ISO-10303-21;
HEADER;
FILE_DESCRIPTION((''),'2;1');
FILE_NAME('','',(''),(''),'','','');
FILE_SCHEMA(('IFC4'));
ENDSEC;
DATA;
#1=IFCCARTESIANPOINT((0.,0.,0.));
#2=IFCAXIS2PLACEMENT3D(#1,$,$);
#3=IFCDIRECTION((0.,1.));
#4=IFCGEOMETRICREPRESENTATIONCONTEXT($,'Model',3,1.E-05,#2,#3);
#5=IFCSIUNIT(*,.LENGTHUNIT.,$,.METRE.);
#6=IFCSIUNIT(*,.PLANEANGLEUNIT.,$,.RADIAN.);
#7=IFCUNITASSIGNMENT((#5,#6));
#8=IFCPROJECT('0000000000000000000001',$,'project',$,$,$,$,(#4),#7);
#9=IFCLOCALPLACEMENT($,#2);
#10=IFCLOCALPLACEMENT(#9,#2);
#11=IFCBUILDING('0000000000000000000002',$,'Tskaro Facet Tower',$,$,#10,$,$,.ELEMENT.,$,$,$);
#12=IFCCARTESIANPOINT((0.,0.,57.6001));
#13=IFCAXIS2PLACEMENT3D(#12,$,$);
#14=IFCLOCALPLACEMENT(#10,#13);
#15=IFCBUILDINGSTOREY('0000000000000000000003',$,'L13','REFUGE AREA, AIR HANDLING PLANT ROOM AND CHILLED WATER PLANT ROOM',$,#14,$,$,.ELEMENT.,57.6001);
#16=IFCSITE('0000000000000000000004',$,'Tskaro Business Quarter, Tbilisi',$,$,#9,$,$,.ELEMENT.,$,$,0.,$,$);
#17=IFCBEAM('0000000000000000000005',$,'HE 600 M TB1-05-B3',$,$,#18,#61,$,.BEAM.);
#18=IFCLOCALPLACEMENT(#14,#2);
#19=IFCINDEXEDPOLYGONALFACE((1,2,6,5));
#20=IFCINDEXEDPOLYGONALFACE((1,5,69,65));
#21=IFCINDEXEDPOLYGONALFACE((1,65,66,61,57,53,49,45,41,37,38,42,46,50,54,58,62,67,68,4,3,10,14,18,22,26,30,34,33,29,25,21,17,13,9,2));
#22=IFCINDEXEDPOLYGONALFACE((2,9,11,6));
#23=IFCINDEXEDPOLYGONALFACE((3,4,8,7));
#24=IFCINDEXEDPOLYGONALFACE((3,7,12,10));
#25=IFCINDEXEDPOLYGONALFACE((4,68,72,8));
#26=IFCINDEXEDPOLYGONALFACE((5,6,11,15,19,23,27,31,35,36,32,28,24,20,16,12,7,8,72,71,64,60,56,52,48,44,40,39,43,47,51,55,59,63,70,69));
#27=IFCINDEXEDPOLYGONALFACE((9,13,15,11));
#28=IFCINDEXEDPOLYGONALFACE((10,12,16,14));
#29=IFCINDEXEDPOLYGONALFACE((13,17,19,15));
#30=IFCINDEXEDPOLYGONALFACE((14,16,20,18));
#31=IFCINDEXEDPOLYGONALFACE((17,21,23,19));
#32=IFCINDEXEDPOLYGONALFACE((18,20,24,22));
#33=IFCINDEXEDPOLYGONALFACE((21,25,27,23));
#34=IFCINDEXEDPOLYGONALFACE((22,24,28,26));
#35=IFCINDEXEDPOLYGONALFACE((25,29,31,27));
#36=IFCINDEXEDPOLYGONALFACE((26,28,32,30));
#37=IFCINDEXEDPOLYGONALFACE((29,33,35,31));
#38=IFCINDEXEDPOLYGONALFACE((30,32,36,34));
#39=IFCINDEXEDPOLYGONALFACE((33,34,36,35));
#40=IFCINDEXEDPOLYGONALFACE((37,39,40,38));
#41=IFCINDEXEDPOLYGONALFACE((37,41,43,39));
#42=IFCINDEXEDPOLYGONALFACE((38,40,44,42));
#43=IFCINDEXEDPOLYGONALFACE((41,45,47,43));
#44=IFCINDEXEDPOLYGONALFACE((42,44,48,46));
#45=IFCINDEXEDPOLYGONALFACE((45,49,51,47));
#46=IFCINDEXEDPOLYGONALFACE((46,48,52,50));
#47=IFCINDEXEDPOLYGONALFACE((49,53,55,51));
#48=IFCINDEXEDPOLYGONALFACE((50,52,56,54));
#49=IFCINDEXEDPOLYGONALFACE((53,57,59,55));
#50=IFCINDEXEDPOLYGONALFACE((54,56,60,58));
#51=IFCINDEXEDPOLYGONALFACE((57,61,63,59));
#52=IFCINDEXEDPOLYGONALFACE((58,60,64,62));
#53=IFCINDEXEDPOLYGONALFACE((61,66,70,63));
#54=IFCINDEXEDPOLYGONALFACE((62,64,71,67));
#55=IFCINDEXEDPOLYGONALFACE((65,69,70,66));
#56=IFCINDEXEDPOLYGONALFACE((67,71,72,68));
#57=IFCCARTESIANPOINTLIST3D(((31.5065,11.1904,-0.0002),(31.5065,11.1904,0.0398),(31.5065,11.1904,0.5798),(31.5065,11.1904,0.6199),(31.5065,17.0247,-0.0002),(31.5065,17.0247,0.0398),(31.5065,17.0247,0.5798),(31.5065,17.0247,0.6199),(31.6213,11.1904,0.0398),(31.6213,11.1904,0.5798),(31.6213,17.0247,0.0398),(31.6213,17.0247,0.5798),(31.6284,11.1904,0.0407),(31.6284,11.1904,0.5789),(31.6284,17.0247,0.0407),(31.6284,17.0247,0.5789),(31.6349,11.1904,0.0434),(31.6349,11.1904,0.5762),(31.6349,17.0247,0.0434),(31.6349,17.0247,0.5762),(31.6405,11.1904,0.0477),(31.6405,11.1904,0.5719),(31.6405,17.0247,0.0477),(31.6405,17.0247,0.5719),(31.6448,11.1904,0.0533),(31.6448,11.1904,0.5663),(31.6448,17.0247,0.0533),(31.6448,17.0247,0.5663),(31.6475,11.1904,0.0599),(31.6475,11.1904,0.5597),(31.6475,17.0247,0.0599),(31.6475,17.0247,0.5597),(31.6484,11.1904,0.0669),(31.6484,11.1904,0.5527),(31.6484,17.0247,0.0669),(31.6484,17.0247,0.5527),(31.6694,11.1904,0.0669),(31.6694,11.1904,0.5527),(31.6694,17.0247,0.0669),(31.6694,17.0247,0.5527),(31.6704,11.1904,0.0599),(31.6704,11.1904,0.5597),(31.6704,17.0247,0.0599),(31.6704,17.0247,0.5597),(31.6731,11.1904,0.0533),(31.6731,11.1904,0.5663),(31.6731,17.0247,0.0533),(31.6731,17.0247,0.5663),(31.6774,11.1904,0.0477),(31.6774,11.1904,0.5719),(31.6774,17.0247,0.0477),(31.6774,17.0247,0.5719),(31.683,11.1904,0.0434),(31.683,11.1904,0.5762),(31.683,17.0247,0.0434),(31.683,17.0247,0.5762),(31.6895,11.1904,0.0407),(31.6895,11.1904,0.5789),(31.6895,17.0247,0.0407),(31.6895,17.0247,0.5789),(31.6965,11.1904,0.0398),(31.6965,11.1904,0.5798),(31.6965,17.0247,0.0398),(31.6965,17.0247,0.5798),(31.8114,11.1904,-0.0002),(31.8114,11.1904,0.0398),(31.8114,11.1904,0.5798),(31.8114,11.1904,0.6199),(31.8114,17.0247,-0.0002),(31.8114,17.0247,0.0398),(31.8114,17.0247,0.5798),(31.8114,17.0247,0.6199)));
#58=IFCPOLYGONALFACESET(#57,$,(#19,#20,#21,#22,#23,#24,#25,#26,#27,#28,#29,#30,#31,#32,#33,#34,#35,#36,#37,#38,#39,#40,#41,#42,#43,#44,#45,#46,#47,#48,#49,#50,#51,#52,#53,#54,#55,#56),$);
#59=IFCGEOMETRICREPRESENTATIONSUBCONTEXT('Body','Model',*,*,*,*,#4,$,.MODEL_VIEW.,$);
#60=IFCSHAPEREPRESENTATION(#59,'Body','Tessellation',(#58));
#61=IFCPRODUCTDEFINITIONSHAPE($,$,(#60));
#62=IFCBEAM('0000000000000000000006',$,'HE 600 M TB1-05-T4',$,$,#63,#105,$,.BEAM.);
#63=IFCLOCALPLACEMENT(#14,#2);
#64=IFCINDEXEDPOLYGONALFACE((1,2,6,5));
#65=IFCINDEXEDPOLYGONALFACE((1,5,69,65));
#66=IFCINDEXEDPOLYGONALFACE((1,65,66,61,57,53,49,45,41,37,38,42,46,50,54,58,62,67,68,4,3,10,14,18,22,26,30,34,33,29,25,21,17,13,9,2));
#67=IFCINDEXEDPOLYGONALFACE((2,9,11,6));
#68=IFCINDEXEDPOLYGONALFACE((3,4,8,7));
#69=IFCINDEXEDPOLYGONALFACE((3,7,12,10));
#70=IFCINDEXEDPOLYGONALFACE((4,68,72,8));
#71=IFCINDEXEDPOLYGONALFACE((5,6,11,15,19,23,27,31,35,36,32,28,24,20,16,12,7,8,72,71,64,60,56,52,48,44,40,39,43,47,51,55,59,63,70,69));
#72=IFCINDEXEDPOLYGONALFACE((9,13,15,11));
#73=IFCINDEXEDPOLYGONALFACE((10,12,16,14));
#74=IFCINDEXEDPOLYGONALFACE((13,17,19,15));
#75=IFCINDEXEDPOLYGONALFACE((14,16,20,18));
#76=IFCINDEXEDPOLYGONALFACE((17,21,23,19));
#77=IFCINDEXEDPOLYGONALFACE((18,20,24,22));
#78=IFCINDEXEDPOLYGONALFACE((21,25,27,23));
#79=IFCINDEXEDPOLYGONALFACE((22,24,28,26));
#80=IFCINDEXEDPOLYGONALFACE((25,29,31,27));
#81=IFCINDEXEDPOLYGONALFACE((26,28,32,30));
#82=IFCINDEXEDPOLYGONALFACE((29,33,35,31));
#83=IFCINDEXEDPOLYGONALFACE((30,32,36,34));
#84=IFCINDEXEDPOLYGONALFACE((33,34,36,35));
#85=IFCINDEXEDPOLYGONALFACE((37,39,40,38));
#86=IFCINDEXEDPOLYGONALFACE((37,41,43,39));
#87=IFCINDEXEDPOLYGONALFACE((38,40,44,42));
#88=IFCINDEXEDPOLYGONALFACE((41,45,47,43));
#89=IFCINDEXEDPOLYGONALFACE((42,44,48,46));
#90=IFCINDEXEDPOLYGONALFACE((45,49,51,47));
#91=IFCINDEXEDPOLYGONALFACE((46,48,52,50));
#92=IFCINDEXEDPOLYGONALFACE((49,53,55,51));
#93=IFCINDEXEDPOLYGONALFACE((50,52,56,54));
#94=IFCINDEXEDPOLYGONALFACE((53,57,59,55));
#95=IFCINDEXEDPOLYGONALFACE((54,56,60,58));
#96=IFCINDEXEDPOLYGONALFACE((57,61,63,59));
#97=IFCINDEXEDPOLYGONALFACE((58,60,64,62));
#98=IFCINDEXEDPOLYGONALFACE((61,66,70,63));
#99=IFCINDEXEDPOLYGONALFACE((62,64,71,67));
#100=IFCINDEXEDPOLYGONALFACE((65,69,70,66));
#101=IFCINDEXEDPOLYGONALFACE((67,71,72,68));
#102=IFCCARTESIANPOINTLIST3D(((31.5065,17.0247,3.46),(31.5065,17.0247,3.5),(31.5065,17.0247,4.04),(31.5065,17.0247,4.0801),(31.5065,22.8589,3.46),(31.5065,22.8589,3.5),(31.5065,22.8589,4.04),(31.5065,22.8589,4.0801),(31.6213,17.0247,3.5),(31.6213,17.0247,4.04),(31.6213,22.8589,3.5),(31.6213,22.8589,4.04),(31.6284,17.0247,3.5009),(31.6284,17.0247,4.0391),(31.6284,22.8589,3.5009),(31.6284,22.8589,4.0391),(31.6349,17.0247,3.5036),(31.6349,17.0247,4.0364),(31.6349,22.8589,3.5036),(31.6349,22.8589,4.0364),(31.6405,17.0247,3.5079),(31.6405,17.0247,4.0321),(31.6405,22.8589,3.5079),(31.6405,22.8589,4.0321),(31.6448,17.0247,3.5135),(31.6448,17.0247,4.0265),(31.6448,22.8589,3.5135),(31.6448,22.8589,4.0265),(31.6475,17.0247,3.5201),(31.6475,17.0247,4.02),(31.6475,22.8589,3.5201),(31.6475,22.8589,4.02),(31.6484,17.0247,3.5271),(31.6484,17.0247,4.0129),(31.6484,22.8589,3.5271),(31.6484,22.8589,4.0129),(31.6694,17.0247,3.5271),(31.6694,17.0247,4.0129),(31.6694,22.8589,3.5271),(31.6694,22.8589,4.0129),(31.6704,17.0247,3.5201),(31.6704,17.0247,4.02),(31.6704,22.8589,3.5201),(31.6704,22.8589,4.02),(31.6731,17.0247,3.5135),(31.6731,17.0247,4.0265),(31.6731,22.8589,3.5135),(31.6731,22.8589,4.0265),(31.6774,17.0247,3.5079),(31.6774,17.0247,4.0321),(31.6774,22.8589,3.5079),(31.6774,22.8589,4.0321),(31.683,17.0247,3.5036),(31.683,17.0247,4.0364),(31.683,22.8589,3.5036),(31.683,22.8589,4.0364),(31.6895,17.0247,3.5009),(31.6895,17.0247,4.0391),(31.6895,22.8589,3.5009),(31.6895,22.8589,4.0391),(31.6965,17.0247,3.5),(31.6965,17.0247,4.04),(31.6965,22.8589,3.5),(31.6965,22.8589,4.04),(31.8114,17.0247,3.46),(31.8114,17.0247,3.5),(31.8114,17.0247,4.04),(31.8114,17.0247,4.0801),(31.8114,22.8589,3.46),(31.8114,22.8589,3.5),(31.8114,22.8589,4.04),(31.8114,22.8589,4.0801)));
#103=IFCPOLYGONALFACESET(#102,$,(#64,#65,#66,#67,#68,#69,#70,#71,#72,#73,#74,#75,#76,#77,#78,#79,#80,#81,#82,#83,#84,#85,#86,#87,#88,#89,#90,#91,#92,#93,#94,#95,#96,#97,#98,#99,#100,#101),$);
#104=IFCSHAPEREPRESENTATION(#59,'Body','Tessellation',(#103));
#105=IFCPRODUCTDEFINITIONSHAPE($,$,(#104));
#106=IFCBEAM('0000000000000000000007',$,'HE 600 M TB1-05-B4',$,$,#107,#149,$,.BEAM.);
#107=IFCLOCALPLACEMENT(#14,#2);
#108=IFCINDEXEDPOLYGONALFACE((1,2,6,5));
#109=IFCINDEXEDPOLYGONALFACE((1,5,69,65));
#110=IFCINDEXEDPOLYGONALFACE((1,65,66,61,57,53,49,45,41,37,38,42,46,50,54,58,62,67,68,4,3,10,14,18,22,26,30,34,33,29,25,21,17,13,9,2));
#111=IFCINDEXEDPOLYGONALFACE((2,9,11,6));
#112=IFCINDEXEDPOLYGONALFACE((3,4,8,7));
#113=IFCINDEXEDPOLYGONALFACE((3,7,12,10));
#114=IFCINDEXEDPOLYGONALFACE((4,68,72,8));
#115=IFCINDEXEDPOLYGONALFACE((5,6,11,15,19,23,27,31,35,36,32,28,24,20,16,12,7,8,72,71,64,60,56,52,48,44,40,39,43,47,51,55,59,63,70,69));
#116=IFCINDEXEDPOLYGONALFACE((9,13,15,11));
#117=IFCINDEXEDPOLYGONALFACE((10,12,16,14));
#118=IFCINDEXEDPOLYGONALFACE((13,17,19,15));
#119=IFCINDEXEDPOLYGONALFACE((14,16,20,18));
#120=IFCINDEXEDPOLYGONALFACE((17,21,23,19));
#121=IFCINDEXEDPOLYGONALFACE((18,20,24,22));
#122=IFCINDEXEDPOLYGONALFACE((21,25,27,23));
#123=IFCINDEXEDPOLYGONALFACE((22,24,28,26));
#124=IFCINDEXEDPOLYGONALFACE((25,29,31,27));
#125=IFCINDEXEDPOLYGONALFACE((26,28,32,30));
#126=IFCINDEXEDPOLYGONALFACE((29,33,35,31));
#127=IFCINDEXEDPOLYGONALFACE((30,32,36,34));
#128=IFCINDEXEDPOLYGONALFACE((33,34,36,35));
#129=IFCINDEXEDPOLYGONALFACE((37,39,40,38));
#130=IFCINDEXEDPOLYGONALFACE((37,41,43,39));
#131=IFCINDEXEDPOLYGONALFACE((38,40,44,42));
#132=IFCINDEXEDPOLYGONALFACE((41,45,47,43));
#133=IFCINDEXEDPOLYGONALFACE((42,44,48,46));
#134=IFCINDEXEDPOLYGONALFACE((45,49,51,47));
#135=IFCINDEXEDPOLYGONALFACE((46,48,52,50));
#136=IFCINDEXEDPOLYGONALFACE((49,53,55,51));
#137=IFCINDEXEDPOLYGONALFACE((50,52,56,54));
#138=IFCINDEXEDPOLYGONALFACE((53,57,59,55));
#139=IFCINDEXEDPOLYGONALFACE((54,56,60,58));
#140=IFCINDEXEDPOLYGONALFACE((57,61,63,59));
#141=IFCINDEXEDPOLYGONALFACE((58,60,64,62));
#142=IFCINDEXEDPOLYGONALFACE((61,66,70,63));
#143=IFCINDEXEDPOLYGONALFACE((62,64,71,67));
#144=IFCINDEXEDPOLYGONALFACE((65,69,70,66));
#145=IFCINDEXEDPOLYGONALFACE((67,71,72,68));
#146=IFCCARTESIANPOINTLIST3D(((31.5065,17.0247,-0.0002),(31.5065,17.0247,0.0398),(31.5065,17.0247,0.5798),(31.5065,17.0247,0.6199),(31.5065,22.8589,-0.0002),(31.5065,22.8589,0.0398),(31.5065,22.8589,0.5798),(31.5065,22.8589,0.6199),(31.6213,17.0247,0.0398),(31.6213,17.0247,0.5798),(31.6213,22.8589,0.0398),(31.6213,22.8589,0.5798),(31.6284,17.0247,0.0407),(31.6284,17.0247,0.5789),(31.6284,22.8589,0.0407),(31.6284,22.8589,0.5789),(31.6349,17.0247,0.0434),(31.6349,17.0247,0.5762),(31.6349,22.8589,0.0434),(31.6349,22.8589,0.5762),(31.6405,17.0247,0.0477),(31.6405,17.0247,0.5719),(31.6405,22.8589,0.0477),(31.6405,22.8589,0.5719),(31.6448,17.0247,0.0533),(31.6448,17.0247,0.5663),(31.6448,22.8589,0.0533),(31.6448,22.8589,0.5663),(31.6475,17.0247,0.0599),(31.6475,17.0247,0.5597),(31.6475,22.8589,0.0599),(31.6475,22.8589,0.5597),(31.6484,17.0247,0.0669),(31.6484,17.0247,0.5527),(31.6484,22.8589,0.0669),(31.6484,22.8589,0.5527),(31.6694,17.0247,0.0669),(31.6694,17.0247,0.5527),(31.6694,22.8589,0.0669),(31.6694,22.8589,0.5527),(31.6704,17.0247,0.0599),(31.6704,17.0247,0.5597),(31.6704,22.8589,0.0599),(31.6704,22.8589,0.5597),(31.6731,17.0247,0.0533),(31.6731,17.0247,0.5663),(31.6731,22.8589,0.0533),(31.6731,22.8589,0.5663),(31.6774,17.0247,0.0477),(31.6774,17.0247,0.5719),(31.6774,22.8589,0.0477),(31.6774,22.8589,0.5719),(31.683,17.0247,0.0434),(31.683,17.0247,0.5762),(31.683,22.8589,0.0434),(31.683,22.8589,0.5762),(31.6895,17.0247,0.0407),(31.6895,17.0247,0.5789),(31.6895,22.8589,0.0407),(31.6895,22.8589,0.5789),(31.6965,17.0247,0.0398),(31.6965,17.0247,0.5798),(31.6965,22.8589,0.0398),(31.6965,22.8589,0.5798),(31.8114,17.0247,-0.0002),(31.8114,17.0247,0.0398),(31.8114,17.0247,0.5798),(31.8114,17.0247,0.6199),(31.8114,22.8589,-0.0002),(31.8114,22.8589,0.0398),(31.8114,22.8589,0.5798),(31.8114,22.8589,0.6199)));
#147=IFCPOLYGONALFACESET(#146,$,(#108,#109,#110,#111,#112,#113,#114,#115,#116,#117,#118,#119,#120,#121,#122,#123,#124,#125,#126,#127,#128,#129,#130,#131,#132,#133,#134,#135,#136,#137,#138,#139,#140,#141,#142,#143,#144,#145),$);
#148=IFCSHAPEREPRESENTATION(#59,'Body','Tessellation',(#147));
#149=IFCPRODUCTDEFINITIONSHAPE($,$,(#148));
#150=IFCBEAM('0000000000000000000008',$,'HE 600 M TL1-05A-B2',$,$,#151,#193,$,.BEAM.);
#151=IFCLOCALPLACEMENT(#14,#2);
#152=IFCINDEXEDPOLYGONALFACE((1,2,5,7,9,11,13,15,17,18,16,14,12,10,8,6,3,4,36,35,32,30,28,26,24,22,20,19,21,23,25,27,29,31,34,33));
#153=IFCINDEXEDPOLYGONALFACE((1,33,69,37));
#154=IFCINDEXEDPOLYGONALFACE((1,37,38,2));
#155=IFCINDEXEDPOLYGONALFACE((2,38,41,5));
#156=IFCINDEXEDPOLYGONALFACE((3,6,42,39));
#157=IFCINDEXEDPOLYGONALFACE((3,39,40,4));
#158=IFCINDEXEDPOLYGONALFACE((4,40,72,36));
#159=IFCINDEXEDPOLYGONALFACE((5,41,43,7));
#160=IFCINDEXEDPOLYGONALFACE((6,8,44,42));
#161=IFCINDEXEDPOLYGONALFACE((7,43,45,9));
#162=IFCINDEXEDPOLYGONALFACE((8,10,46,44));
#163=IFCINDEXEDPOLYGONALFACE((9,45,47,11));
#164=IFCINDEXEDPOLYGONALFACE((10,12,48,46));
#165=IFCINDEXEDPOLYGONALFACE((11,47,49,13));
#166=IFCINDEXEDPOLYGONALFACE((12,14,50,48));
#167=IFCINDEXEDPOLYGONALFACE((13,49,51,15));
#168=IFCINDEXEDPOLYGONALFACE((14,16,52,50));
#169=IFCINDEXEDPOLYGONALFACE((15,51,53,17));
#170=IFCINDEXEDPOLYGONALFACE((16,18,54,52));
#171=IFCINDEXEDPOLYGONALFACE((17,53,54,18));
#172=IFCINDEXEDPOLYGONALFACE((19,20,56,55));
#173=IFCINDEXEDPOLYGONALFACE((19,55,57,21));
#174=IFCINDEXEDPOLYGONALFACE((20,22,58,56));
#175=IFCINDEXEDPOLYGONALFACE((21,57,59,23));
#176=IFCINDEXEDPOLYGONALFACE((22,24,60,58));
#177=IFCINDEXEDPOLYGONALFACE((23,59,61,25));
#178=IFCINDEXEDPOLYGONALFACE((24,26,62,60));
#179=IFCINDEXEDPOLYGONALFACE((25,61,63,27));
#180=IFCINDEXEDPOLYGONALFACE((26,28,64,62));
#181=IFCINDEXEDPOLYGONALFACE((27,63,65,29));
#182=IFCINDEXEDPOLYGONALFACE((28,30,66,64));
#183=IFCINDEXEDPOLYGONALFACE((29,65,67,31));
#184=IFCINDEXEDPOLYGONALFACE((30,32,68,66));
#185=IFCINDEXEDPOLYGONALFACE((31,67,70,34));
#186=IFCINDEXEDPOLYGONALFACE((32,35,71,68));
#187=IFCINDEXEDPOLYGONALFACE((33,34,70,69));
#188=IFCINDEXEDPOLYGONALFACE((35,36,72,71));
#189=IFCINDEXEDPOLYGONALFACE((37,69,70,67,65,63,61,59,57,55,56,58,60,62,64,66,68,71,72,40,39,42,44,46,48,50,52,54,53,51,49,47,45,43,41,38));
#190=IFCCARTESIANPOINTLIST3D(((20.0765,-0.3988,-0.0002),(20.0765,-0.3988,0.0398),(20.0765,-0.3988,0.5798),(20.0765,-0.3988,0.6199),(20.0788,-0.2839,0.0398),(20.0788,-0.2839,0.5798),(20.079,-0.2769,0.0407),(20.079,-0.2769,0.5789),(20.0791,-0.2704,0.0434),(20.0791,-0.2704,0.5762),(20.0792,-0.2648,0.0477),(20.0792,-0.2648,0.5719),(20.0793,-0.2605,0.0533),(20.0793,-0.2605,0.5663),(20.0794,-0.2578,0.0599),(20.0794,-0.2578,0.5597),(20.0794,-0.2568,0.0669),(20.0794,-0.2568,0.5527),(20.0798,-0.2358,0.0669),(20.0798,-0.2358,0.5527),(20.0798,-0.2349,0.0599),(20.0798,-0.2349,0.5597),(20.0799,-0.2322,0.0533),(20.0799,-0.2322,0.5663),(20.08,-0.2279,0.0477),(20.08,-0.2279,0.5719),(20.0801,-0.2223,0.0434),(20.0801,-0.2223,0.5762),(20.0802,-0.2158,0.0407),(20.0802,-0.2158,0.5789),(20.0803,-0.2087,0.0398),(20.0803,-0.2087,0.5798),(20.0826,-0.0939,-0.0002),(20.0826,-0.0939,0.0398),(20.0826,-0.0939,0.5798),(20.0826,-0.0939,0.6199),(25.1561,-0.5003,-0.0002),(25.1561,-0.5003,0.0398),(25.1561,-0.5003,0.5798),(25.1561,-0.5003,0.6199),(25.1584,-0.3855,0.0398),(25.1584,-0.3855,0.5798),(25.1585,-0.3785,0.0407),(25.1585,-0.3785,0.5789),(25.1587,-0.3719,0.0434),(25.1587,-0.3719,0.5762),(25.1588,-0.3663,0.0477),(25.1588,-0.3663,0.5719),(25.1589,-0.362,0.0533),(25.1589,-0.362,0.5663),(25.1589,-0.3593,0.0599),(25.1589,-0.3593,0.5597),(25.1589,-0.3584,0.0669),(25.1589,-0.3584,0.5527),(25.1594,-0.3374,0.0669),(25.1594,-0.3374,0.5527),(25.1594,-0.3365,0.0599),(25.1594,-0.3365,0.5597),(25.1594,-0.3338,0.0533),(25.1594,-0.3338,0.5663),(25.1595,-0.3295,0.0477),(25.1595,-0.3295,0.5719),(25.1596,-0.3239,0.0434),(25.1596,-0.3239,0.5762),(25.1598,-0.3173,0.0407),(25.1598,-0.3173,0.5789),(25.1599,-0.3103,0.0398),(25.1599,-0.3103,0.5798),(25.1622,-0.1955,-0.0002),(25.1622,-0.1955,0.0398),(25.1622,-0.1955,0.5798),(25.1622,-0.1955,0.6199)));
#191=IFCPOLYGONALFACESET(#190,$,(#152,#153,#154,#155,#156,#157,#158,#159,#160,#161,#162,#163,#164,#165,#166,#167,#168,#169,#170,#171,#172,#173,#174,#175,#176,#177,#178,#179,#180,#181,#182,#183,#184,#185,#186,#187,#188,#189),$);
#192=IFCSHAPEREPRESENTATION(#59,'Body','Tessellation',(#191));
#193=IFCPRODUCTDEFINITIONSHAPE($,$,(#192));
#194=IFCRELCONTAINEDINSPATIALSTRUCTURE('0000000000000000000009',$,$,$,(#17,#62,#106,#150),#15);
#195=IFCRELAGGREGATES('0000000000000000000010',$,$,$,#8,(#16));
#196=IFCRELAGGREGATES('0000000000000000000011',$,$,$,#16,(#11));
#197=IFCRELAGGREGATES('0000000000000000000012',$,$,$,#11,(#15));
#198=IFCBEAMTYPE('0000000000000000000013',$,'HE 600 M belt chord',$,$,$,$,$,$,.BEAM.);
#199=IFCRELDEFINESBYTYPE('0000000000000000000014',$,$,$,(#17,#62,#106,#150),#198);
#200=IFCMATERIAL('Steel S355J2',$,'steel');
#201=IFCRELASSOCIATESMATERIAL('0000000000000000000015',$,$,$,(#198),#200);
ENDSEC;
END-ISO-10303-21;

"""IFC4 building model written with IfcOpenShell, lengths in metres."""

from ifc_helpers import new_model, si_unit, direction, frame, origin, origin_2d, place, context, subcontext, project, spatial, i_section, extrude, material, material_profile, profile_set, type_object, element, save


model = new_model("IFC4")

# Units and contexts
model_context = context("Model", 3, precision=1e-05, world=origin(), true_north=direction((0.0, 1.0)))
body_context = subcontext(model_context, "Body", "Model", "MODEL_VIEW")
ifc_project = project(units=[si_unit("LENGTHUNIT", "METRE"), si_unit("PLANEANGLEUNIT", "RADIAN")], contexts=[model_context])

# Site, building, storey
site_placement = place(None, origin())
site = spatial("IfcSite", under=ifc_project, at=site_placement, Name="Tskaro Business Quarter, Tbilisi", CompositionType="ELEMENT", RefElevation=0.0)
building_placement = place(site_placement, origin())
building = spatial("IfcBuilding", under=site, at=building_placement, Name="Tskaro Facet Tower", CompositionType="ELEMENT")
storey_placement = place(building_placement, frame((0.0, 0.0, 57.6001)))
storey = spatial("IfcBuildingStorey", under=building, at=storey_placement, Name="L13", Description="REFUGE AREA, AIR HANDLING PLANT ROOM AND CHILLED WATER PLANT ROOM", CompositionType="ELEMENT", Elevation=57.6001)

# Shared definitions
ifc_material_1 = material(Name="Steel S355J2", Category="steel")

# Beams
ifc_material_profile_1 = material_profile(ifc_material_1, i_section(OverallWidth=0.3049, OverallDepth=0.6201, WebThickness=0.021, FlangeThickness=0.04, FilletRadius=0.0271, at=origin_2d()), Name="HE 600 M")
ifc_profile_set_1 = profile_set([ifc_material_profile_1], Name="Steel S355J2")
beam_type_1 = type_object("IfcBeamType", Name="HE 600 M belt chord", PredefinedType="BEAM", material=ifc_profile_set_1)
for number, where, z_axis, x_axis, name in (
    (1, (31.6589, 11.1904, 0.3098), (0.0, 1.0, 0.0), (-1.0, 0.0, 0.0), "HE 600 M TB1-05-B3"),
    (2, (31.6589, 17.0247, 3.77), (0.0, 1.0, 0.0), (-1.0, 0.0, 0.0), "HE 600 M TB1-05-T4"),
    (3, (31.6589, 17.0247, 0.3098), (0.0, 1.0, 0.0), (-1.0, 0.0, 0.0), "HE 600 M TB1-05-B4"),
):
    element("IfcBeam", number, at=place(storey_placement, frame(where, z_axis=z_axis, x_axis=x_axis)), inside=storey, type_object=beam_type_1, Name=name, PredefinedType="BEAM", context=body_context, shape_type="SweptSolid", body=[
        extrude(i_section(OverallWidth=0.3049, OverallDepth=0.6201, WebThickness=0.021, FlangeThickness=0.04, FilletRadius=0.0271, at=origin_2d()), origin(), (0.0, 0.0, 1.0), 5.8342),
    ])
beam_1_placement = place(storey_placement, frame((20.0796, -0.2463, 0.3098), z_axis=(0.9998, -0.01999, 0.0), x_axis=(0.01999, 0.9998, 0.0)))
element("IfcBeam", 4, at=beam_1_placement, inside=storey, type_object=beam_type_1, Name="HE 600 M TL1-05A-B2", PredefinedType="BEAM", context=body_context, shape_type="SweptSolid", body=[
    extrude(i_section(OverallWidth=0.3049, OverallDepth=0.6201, WebThickness=0.021, FlangeThickness=0.04, FilletRadius=0.0271, at=origin_2d()), origin(), (0.0, 0.0, 1.0), 5.0806),
])

save(model, "model.ifc")
